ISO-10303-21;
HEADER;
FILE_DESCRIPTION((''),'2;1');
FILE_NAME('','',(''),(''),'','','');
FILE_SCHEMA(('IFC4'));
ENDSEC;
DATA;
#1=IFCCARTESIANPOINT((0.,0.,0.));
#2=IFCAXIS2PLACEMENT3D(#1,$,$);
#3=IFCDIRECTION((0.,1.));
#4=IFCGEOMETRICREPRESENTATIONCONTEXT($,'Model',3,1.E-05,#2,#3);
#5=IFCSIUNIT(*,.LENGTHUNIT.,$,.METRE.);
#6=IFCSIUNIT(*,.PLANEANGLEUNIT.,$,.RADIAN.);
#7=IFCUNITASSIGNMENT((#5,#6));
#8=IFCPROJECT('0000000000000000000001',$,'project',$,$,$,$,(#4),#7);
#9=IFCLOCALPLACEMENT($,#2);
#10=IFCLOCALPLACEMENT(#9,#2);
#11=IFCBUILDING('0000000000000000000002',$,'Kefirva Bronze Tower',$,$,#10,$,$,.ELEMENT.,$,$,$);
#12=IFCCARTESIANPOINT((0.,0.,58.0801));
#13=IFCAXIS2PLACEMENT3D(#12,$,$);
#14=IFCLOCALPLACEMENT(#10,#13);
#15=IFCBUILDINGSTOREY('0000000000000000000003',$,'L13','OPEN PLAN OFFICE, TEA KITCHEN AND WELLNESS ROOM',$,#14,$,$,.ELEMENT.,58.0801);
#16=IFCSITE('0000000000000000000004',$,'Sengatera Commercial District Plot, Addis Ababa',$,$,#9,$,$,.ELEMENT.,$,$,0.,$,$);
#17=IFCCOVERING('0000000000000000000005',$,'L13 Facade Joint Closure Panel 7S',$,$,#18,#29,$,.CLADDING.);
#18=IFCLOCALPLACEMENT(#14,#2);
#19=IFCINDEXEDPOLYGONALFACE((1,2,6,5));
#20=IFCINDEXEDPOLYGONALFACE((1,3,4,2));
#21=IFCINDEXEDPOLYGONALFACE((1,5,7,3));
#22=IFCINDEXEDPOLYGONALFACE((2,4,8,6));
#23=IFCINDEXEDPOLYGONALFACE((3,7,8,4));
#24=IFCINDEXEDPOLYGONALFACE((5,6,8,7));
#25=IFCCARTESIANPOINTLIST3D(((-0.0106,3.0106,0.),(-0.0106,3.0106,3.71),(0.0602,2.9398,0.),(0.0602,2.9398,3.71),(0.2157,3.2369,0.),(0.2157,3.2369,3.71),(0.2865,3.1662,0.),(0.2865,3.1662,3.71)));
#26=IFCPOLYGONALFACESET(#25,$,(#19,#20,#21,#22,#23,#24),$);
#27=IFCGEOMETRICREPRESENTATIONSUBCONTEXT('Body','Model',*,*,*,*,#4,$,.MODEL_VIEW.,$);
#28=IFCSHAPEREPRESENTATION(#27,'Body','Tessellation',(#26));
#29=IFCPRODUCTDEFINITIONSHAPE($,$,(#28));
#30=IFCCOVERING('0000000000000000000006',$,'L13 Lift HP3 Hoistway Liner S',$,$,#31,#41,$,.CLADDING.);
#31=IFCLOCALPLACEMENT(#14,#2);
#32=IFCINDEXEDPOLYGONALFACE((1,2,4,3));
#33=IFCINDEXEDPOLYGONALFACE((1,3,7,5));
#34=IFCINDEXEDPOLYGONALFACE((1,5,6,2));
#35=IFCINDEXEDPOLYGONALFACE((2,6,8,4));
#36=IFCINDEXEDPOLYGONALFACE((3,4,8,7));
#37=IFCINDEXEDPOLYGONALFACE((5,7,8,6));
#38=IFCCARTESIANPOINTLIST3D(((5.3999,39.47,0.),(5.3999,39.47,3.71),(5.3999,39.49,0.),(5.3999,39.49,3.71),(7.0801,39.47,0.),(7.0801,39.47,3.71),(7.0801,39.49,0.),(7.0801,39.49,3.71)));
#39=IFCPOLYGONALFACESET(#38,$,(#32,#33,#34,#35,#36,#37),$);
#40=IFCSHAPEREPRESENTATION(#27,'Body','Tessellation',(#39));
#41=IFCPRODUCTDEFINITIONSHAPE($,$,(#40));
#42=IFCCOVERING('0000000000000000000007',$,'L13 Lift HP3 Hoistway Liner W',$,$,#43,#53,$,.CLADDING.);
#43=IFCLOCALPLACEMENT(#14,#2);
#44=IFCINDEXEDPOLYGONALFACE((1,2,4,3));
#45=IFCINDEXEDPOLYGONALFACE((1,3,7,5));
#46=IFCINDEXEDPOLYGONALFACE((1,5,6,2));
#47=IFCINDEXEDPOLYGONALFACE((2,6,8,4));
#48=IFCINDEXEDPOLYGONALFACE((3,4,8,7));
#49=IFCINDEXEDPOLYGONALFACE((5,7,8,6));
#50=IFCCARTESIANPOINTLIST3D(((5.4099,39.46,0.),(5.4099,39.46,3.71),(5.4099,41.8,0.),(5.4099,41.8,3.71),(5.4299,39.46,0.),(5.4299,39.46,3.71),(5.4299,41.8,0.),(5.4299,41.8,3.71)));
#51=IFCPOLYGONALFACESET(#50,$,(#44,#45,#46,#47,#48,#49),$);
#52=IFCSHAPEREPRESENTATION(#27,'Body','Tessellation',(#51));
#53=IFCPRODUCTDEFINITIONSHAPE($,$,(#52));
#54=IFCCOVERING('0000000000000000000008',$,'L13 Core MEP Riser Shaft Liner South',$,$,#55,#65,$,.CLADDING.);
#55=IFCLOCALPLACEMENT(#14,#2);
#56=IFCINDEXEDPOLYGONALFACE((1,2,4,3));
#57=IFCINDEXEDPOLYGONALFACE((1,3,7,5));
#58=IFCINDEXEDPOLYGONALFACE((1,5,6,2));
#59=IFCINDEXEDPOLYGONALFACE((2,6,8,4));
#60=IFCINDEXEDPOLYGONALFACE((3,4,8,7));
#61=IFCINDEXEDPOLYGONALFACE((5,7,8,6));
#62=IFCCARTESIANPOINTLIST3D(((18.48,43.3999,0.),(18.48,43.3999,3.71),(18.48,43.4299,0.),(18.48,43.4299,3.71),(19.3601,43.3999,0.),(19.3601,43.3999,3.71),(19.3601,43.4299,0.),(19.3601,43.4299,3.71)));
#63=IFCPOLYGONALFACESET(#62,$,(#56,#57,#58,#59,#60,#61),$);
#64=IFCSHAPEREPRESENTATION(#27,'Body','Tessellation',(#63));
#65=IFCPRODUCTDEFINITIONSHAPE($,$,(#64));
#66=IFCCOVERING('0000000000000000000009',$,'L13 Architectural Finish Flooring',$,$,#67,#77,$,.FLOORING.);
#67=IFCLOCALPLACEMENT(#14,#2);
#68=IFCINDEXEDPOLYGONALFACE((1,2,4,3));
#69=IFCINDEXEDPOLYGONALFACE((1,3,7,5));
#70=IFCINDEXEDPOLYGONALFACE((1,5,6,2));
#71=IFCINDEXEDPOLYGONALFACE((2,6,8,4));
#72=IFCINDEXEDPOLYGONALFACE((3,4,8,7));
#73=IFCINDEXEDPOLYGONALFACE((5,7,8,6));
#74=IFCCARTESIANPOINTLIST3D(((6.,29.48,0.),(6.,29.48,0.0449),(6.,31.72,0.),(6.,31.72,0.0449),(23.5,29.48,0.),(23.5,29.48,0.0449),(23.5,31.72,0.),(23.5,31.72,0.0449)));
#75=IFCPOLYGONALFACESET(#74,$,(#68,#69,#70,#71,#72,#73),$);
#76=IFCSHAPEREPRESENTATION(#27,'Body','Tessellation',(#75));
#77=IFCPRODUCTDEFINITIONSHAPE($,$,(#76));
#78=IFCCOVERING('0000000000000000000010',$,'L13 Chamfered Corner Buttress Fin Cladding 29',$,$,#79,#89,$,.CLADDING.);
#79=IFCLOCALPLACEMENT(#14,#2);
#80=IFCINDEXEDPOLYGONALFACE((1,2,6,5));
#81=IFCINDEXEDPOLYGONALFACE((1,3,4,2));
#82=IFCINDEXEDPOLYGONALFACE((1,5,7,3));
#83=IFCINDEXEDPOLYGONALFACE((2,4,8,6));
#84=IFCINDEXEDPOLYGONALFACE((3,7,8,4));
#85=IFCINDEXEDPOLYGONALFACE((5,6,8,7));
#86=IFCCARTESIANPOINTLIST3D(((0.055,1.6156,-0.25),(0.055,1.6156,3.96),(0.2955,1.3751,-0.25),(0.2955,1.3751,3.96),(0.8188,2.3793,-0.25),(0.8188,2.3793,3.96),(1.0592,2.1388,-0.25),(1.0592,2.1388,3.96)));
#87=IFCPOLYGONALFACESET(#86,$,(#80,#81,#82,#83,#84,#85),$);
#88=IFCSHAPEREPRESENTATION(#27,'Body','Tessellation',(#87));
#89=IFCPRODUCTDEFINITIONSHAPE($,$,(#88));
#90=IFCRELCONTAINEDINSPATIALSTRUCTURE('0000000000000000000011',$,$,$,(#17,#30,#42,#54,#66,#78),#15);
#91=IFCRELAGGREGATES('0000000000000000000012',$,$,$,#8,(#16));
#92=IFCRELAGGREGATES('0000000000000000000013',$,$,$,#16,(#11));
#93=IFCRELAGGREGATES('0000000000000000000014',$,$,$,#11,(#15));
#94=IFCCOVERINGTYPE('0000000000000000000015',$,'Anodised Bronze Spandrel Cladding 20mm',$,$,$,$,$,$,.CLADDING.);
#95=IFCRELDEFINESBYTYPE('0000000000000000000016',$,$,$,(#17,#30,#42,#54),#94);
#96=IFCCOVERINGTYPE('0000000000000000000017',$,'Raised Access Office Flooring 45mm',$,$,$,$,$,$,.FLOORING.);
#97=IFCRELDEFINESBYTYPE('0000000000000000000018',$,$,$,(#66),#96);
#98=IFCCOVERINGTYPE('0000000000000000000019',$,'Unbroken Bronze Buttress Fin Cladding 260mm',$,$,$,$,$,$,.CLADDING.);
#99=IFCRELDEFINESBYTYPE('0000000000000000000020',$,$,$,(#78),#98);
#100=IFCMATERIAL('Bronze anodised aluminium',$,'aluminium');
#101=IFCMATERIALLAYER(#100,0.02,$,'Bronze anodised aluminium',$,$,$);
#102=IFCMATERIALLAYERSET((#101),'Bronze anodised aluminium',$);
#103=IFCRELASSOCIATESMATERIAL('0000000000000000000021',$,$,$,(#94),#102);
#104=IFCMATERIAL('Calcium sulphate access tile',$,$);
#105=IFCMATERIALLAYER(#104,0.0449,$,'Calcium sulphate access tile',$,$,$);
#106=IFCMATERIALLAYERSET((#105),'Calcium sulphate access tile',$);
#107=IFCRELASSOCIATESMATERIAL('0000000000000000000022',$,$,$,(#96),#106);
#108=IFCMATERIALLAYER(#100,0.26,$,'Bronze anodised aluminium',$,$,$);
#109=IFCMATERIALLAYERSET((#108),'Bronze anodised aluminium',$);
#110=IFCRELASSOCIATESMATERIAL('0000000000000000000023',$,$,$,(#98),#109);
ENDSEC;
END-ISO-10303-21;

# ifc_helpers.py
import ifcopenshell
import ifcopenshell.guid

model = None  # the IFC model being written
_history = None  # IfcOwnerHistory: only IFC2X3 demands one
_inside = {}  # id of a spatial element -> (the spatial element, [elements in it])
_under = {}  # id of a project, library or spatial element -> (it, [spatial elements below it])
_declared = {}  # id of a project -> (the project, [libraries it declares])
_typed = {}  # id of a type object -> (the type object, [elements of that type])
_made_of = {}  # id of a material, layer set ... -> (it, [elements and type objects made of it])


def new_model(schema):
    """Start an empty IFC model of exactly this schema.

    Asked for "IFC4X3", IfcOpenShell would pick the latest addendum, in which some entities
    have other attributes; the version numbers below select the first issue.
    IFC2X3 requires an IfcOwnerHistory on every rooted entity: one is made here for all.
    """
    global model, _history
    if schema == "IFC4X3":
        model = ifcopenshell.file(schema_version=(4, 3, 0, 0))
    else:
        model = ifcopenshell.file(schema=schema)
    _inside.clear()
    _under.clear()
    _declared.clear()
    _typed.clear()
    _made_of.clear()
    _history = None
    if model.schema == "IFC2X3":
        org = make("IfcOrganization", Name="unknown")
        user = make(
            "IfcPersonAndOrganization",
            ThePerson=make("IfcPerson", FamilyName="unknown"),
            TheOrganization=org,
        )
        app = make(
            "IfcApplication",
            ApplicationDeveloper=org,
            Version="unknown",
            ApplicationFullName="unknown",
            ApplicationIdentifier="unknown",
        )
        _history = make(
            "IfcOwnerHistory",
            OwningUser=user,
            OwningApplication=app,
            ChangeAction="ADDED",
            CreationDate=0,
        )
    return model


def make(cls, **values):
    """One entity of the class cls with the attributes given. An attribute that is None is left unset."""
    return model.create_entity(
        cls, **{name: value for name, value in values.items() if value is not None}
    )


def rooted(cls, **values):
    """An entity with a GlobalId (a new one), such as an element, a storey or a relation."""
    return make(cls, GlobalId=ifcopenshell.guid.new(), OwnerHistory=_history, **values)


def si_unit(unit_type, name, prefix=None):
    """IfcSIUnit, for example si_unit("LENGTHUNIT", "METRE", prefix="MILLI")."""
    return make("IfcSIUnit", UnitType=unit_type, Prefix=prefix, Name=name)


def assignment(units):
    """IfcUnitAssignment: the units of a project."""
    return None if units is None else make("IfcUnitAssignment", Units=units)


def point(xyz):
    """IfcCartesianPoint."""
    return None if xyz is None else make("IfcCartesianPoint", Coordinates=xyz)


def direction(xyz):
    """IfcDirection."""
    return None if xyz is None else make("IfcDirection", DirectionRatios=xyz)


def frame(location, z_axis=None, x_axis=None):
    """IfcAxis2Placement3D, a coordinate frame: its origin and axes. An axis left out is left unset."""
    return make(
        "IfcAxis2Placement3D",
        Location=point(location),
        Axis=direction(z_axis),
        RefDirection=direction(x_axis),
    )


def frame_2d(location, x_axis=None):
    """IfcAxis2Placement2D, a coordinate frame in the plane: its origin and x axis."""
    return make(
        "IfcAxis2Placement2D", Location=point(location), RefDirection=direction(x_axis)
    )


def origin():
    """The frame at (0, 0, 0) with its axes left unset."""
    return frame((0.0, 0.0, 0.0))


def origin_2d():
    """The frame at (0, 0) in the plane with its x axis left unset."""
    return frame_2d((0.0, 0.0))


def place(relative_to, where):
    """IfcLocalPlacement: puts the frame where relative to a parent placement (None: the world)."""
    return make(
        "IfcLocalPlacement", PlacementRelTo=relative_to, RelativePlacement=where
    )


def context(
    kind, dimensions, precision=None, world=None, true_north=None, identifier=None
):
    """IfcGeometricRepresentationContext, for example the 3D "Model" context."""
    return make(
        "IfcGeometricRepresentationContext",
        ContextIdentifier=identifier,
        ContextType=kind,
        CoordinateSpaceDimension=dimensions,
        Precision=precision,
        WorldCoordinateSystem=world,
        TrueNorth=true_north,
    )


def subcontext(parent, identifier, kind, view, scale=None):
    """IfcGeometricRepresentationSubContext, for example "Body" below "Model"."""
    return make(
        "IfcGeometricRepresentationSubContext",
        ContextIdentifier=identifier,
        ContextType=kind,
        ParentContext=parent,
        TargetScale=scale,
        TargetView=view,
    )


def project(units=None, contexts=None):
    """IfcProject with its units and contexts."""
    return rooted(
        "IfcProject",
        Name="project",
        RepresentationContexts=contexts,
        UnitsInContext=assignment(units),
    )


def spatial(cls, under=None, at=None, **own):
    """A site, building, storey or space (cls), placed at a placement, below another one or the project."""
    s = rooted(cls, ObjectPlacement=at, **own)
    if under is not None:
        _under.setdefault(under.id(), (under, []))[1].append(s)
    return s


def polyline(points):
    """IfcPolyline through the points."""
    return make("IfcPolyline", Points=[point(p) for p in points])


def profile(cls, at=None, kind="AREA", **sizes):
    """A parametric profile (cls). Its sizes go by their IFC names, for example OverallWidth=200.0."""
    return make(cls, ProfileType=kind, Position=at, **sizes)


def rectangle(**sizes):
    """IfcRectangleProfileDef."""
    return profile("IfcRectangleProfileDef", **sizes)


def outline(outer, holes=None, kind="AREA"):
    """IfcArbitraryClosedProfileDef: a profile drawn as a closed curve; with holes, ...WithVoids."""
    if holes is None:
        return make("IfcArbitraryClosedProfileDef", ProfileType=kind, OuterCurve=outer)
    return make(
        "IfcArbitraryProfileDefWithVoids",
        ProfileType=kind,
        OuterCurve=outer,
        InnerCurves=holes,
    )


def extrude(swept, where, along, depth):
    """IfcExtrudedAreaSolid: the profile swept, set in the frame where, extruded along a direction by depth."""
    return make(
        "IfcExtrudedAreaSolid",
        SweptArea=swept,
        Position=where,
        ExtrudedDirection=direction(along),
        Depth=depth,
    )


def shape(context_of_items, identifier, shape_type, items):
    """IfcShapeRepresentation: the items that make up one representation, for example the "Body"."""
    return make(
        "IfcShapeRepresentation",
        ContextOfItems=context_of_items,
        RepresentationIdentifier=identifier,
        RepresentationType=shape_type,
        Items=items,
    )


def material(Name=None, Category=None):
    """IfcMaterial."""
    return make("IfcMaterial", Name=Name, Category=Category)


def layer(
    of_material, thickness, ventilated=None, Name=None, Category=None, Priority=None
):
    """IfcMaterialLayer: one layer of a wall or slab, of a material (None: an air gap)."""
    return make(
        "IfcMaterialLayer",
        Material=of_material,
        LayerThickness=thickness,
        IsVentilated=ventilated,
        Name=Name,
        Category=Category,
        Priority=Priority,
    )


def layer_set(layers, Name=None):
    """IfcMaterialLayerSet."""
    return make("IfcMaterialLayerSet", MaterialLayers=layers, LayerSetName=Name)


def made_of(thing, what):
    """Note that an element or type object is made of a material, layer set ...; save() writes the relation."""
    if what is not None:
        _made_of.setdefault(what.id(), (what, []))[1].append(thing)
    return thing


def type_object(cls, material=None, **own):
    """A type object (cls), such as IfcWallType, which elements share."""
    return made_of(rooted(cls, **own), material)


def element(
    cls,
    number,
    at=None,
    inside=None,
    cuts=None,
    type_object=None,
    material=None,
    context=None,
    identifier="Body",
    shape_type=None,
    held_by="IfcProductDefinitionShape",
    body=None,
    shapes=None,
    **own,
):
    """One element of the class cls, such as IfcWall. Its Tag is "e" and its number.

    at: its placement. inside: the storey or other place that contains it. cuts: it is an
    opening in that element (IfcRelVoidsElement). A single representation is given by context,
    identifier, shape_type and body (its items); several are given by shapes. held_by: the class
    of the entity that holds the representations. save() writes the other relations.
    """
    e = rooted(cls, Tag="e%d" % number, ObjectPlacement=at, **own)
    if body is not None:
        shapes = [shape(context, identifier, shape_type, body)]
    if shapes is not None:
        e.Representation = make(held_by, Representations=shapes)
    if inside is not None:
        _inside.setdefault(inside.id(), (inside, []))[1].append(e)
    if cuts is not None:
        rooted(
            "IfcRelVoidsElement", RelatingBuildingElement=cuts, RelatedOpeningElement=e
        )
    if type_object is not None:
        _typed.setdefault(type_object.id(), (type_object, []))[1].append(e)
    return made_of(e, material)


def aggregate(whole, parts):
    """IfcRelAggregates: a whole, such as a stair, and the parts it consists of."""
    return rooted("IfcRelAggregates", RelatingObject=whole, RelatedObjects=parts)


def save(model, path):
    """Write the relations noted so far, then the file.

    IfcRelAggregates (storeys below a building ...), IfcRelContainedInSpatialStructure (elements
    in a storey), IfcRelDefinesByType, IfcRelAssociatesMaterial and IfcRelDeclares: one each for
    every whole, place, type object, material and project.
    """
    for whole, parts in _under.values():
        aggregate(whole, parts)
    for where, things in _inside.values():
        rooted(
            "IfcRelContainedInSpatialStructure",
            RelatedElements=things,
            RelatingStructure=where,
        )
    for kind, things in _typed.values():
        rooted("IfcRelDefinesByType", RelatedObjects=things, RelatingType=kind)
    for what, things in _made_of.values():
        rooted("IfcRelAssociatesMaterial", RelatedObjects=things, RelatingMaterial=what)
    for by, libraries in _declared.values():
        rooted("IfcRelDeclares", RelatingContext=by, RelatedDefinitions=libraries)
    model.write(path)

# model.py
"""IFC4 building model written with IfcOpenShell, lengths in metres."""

from ifc_helpers import new_model, si_unit, direction, frame, origin, origin_2d, place, context, subcontext, project, spatial, polyline, rectangle, outline, extrude, material, layer, layer_set, type_object, element, save


model = new_model("IFC4")

# Units and contexts
model_context = context("Model", 3, precision=1e-05, world=origin(), true_north=direction((0.0, 1.0)))
body_context = subcontext(model_context, "Body", "Model", "MODEL_VIEW")
ifc_project = project(units=[si_unit("LENGTHUNIT", "METRE"), si_unit("PLANEANGLEUNIT", "RADIAN")], contexts=[model_context])

# Site, building, storey
site_placement = place(None, origin())
site = spatial("IfcSite", under=ifc_project, at=site_placement, Name="Sengatera Commercial District Plot, Addis Ababa", CompositionType="ELEMENT", RefElevation=0.0)
building_placement = place(site_placement, origin())
building = spatial("IfcBuilding", under=site, at=building_placement, Name="Kefirva Bronze Tower", CompositionType="ELEMENT")
storey_placement = place(building_placement, frame((0.0, 0.0, 58.0801)))
storey = spatial("IfcBuildingStorey", under=building, at=storey_placement, Name="L13", Description="OPEN PLAN OFFICE, TEA KITCHEN AND WELLNESS ROOM", CompositionType="ELEMENT", Elevation=58.0801)

# Shared definitions
ifc_material_1 = material(Name="Bronze anodised aluminium", Category="aluminium")

# Coverings
ifc_layer_1 = layer(ifc_material_1, 0.02, Name="Bronze anodised aluminium")
ifc_layer_set_1 = layer_set([ifc_layer_1], Name="Bronze anodised aluminium")
covering_type_1 = type_object("IfcCoveringType", Name="Anodised Bronze Spandrel Cladding 20mm", PredefinedType="CLADDING", material=ifc_layer_set_1)
covering_1_placement = place(storey_placement, frame((0.1379, 3.0884, 0.0), z_axis=(0.0, 0.0, 1.0), x_axis=(0.707107, -0.707107, 0.0)))
element("IfcCovering", 1, at=covering_1_placement, inside=storey, type_object=covering_type_1, Name="L13 Facade Joint Closure Panel 7S", PredefinedType="CLADDING", context=body_context, shape_type="SweptSolid", body=[
    extrude(rectangle(XDim=0.1001, YDim=0.3201, at=origin_2d()), origin(), (0.0, 0.0, 1.0), 3.71),
])
covering_2_placement = place(storey_placement, origin())
element("IfcCovering", 2, at=covering_2_placement, inside=storey, type_object=covering_type_1, Name="L13 Lift HP3 Hoistway Liner S", PredefinedType="CLADDING", context=body_context, shape_type="SweptSolid", body=[
    extrude(outline(polyline([(5.3999, 39.47), (7.0801, 39.47), (7.0801, 39.49), (5.3999, 39.49), (5.3999, 39.47)])), origin(), (0.0, 0.0, 1.0), 3.71),
])
covering_3_placement = place(storey_placement, origin())
element("IfcCovering", 3, at=covering_3_placement, inside=storey, type_object=covering_type_1, Name="L13 Lift HP3 Hoistway Liner W", PredefinedType="CLADDING", context=body_context, shape_type="SweptSolid", body=[
    extrude(outline(polyline([(5.4099, 39.46), (5.4299, 39.46), (5.4299, 41.8), (5.4099, 41.8), (5.4099, 39.46)])), origin(), (0.0, 0.0, 1.0), 3.71),
])
covering_4_placement = place(storey_placement, origin())
element("IfcCovering", 4, at=covering_4_placement, inside=storey, type_object=covering_type_1, Name="L13 Core MEP Riser Shaft Liner South", PredefinedType="CLADDING", context=body_context, shape_type="SweptSolid", body=[
    extrude(outline(polyline([(18.48, 43.3999), (19.3601, 43.3999), (19.3601, 43.4299), (18.48, 43.4299), (18.48, 43.3999)])), origin(), (0.0, 0.0, 1.0), 3.71),
])
ifc_material_2 = material(Name="Calcium sulphate access tile")
ifc_layer_2 = layer(ifc_material_2, 0.0449, Name="Calcium sulphate access tile")
ifc_layer_set_2 = layer_set([ifc_layer_2], Name="Calcium sulphate access tile")
covering_type_2 = type_object("IfcCoveringType", Name="Raised Access Office Flooring 45mm", PredefinedType="FLOORING", material=ifc_layer_set_2)
covering_5_placement = place(storey_placement, origin())
element("IfcCovering", 5, at=covering_5_placement, inside=storey, type_object=covering_type_2, Name="L13 Architectural Finish Flooring", PredefinedType="FLOORING", context=body_context, shape_type="SweptSolid", body=[
    extrude(outline(polyline([(6.0, 29.48), (23.5, 29.48), (23.5, 31.72), (6.0, 31.72), (6.0, 29.48)])), origin(), (0.0, 0.0, 1.0), 0.0449),
])
ifc_layer_3 = layer(ifc_material_1, 0.26, Name="Bronze anodised aluminium")
ifc_layer_set_3 = layer_set([ifc_layer_3], Name="Bronze anodised aluminium")
covering_type_3 = type_object("IfcCoveringType", Name="Unbroken Bronze Buttress Fin Cladding 260mm", PredefinedType="CLADDING", material=ifc_layer_set_3)
covering_6_placement = place(storey_placement, frame((0.5571, 1.8772, -0.25), z_axis=(0.0, 0.0, 1.0), x_axis=(0.707107, -0.707107, 0.0)))
element("IfcCovering", 6, at=covering_6_placement, inside=storey, type_object=covering_type_3, Name="L13 Chamfered Corner Buttress Fin Cladding 29", PredefinedType="CLADDING", context=body_context, shape_type="SweptSolid", body=[
    extrude(rectangle(XDim=0.3401, YDim=1.0801, at=origin_2d()), origin(), (0.0, 0.0, 1.0), 4.21),
])

save(model, "model.ifc")
